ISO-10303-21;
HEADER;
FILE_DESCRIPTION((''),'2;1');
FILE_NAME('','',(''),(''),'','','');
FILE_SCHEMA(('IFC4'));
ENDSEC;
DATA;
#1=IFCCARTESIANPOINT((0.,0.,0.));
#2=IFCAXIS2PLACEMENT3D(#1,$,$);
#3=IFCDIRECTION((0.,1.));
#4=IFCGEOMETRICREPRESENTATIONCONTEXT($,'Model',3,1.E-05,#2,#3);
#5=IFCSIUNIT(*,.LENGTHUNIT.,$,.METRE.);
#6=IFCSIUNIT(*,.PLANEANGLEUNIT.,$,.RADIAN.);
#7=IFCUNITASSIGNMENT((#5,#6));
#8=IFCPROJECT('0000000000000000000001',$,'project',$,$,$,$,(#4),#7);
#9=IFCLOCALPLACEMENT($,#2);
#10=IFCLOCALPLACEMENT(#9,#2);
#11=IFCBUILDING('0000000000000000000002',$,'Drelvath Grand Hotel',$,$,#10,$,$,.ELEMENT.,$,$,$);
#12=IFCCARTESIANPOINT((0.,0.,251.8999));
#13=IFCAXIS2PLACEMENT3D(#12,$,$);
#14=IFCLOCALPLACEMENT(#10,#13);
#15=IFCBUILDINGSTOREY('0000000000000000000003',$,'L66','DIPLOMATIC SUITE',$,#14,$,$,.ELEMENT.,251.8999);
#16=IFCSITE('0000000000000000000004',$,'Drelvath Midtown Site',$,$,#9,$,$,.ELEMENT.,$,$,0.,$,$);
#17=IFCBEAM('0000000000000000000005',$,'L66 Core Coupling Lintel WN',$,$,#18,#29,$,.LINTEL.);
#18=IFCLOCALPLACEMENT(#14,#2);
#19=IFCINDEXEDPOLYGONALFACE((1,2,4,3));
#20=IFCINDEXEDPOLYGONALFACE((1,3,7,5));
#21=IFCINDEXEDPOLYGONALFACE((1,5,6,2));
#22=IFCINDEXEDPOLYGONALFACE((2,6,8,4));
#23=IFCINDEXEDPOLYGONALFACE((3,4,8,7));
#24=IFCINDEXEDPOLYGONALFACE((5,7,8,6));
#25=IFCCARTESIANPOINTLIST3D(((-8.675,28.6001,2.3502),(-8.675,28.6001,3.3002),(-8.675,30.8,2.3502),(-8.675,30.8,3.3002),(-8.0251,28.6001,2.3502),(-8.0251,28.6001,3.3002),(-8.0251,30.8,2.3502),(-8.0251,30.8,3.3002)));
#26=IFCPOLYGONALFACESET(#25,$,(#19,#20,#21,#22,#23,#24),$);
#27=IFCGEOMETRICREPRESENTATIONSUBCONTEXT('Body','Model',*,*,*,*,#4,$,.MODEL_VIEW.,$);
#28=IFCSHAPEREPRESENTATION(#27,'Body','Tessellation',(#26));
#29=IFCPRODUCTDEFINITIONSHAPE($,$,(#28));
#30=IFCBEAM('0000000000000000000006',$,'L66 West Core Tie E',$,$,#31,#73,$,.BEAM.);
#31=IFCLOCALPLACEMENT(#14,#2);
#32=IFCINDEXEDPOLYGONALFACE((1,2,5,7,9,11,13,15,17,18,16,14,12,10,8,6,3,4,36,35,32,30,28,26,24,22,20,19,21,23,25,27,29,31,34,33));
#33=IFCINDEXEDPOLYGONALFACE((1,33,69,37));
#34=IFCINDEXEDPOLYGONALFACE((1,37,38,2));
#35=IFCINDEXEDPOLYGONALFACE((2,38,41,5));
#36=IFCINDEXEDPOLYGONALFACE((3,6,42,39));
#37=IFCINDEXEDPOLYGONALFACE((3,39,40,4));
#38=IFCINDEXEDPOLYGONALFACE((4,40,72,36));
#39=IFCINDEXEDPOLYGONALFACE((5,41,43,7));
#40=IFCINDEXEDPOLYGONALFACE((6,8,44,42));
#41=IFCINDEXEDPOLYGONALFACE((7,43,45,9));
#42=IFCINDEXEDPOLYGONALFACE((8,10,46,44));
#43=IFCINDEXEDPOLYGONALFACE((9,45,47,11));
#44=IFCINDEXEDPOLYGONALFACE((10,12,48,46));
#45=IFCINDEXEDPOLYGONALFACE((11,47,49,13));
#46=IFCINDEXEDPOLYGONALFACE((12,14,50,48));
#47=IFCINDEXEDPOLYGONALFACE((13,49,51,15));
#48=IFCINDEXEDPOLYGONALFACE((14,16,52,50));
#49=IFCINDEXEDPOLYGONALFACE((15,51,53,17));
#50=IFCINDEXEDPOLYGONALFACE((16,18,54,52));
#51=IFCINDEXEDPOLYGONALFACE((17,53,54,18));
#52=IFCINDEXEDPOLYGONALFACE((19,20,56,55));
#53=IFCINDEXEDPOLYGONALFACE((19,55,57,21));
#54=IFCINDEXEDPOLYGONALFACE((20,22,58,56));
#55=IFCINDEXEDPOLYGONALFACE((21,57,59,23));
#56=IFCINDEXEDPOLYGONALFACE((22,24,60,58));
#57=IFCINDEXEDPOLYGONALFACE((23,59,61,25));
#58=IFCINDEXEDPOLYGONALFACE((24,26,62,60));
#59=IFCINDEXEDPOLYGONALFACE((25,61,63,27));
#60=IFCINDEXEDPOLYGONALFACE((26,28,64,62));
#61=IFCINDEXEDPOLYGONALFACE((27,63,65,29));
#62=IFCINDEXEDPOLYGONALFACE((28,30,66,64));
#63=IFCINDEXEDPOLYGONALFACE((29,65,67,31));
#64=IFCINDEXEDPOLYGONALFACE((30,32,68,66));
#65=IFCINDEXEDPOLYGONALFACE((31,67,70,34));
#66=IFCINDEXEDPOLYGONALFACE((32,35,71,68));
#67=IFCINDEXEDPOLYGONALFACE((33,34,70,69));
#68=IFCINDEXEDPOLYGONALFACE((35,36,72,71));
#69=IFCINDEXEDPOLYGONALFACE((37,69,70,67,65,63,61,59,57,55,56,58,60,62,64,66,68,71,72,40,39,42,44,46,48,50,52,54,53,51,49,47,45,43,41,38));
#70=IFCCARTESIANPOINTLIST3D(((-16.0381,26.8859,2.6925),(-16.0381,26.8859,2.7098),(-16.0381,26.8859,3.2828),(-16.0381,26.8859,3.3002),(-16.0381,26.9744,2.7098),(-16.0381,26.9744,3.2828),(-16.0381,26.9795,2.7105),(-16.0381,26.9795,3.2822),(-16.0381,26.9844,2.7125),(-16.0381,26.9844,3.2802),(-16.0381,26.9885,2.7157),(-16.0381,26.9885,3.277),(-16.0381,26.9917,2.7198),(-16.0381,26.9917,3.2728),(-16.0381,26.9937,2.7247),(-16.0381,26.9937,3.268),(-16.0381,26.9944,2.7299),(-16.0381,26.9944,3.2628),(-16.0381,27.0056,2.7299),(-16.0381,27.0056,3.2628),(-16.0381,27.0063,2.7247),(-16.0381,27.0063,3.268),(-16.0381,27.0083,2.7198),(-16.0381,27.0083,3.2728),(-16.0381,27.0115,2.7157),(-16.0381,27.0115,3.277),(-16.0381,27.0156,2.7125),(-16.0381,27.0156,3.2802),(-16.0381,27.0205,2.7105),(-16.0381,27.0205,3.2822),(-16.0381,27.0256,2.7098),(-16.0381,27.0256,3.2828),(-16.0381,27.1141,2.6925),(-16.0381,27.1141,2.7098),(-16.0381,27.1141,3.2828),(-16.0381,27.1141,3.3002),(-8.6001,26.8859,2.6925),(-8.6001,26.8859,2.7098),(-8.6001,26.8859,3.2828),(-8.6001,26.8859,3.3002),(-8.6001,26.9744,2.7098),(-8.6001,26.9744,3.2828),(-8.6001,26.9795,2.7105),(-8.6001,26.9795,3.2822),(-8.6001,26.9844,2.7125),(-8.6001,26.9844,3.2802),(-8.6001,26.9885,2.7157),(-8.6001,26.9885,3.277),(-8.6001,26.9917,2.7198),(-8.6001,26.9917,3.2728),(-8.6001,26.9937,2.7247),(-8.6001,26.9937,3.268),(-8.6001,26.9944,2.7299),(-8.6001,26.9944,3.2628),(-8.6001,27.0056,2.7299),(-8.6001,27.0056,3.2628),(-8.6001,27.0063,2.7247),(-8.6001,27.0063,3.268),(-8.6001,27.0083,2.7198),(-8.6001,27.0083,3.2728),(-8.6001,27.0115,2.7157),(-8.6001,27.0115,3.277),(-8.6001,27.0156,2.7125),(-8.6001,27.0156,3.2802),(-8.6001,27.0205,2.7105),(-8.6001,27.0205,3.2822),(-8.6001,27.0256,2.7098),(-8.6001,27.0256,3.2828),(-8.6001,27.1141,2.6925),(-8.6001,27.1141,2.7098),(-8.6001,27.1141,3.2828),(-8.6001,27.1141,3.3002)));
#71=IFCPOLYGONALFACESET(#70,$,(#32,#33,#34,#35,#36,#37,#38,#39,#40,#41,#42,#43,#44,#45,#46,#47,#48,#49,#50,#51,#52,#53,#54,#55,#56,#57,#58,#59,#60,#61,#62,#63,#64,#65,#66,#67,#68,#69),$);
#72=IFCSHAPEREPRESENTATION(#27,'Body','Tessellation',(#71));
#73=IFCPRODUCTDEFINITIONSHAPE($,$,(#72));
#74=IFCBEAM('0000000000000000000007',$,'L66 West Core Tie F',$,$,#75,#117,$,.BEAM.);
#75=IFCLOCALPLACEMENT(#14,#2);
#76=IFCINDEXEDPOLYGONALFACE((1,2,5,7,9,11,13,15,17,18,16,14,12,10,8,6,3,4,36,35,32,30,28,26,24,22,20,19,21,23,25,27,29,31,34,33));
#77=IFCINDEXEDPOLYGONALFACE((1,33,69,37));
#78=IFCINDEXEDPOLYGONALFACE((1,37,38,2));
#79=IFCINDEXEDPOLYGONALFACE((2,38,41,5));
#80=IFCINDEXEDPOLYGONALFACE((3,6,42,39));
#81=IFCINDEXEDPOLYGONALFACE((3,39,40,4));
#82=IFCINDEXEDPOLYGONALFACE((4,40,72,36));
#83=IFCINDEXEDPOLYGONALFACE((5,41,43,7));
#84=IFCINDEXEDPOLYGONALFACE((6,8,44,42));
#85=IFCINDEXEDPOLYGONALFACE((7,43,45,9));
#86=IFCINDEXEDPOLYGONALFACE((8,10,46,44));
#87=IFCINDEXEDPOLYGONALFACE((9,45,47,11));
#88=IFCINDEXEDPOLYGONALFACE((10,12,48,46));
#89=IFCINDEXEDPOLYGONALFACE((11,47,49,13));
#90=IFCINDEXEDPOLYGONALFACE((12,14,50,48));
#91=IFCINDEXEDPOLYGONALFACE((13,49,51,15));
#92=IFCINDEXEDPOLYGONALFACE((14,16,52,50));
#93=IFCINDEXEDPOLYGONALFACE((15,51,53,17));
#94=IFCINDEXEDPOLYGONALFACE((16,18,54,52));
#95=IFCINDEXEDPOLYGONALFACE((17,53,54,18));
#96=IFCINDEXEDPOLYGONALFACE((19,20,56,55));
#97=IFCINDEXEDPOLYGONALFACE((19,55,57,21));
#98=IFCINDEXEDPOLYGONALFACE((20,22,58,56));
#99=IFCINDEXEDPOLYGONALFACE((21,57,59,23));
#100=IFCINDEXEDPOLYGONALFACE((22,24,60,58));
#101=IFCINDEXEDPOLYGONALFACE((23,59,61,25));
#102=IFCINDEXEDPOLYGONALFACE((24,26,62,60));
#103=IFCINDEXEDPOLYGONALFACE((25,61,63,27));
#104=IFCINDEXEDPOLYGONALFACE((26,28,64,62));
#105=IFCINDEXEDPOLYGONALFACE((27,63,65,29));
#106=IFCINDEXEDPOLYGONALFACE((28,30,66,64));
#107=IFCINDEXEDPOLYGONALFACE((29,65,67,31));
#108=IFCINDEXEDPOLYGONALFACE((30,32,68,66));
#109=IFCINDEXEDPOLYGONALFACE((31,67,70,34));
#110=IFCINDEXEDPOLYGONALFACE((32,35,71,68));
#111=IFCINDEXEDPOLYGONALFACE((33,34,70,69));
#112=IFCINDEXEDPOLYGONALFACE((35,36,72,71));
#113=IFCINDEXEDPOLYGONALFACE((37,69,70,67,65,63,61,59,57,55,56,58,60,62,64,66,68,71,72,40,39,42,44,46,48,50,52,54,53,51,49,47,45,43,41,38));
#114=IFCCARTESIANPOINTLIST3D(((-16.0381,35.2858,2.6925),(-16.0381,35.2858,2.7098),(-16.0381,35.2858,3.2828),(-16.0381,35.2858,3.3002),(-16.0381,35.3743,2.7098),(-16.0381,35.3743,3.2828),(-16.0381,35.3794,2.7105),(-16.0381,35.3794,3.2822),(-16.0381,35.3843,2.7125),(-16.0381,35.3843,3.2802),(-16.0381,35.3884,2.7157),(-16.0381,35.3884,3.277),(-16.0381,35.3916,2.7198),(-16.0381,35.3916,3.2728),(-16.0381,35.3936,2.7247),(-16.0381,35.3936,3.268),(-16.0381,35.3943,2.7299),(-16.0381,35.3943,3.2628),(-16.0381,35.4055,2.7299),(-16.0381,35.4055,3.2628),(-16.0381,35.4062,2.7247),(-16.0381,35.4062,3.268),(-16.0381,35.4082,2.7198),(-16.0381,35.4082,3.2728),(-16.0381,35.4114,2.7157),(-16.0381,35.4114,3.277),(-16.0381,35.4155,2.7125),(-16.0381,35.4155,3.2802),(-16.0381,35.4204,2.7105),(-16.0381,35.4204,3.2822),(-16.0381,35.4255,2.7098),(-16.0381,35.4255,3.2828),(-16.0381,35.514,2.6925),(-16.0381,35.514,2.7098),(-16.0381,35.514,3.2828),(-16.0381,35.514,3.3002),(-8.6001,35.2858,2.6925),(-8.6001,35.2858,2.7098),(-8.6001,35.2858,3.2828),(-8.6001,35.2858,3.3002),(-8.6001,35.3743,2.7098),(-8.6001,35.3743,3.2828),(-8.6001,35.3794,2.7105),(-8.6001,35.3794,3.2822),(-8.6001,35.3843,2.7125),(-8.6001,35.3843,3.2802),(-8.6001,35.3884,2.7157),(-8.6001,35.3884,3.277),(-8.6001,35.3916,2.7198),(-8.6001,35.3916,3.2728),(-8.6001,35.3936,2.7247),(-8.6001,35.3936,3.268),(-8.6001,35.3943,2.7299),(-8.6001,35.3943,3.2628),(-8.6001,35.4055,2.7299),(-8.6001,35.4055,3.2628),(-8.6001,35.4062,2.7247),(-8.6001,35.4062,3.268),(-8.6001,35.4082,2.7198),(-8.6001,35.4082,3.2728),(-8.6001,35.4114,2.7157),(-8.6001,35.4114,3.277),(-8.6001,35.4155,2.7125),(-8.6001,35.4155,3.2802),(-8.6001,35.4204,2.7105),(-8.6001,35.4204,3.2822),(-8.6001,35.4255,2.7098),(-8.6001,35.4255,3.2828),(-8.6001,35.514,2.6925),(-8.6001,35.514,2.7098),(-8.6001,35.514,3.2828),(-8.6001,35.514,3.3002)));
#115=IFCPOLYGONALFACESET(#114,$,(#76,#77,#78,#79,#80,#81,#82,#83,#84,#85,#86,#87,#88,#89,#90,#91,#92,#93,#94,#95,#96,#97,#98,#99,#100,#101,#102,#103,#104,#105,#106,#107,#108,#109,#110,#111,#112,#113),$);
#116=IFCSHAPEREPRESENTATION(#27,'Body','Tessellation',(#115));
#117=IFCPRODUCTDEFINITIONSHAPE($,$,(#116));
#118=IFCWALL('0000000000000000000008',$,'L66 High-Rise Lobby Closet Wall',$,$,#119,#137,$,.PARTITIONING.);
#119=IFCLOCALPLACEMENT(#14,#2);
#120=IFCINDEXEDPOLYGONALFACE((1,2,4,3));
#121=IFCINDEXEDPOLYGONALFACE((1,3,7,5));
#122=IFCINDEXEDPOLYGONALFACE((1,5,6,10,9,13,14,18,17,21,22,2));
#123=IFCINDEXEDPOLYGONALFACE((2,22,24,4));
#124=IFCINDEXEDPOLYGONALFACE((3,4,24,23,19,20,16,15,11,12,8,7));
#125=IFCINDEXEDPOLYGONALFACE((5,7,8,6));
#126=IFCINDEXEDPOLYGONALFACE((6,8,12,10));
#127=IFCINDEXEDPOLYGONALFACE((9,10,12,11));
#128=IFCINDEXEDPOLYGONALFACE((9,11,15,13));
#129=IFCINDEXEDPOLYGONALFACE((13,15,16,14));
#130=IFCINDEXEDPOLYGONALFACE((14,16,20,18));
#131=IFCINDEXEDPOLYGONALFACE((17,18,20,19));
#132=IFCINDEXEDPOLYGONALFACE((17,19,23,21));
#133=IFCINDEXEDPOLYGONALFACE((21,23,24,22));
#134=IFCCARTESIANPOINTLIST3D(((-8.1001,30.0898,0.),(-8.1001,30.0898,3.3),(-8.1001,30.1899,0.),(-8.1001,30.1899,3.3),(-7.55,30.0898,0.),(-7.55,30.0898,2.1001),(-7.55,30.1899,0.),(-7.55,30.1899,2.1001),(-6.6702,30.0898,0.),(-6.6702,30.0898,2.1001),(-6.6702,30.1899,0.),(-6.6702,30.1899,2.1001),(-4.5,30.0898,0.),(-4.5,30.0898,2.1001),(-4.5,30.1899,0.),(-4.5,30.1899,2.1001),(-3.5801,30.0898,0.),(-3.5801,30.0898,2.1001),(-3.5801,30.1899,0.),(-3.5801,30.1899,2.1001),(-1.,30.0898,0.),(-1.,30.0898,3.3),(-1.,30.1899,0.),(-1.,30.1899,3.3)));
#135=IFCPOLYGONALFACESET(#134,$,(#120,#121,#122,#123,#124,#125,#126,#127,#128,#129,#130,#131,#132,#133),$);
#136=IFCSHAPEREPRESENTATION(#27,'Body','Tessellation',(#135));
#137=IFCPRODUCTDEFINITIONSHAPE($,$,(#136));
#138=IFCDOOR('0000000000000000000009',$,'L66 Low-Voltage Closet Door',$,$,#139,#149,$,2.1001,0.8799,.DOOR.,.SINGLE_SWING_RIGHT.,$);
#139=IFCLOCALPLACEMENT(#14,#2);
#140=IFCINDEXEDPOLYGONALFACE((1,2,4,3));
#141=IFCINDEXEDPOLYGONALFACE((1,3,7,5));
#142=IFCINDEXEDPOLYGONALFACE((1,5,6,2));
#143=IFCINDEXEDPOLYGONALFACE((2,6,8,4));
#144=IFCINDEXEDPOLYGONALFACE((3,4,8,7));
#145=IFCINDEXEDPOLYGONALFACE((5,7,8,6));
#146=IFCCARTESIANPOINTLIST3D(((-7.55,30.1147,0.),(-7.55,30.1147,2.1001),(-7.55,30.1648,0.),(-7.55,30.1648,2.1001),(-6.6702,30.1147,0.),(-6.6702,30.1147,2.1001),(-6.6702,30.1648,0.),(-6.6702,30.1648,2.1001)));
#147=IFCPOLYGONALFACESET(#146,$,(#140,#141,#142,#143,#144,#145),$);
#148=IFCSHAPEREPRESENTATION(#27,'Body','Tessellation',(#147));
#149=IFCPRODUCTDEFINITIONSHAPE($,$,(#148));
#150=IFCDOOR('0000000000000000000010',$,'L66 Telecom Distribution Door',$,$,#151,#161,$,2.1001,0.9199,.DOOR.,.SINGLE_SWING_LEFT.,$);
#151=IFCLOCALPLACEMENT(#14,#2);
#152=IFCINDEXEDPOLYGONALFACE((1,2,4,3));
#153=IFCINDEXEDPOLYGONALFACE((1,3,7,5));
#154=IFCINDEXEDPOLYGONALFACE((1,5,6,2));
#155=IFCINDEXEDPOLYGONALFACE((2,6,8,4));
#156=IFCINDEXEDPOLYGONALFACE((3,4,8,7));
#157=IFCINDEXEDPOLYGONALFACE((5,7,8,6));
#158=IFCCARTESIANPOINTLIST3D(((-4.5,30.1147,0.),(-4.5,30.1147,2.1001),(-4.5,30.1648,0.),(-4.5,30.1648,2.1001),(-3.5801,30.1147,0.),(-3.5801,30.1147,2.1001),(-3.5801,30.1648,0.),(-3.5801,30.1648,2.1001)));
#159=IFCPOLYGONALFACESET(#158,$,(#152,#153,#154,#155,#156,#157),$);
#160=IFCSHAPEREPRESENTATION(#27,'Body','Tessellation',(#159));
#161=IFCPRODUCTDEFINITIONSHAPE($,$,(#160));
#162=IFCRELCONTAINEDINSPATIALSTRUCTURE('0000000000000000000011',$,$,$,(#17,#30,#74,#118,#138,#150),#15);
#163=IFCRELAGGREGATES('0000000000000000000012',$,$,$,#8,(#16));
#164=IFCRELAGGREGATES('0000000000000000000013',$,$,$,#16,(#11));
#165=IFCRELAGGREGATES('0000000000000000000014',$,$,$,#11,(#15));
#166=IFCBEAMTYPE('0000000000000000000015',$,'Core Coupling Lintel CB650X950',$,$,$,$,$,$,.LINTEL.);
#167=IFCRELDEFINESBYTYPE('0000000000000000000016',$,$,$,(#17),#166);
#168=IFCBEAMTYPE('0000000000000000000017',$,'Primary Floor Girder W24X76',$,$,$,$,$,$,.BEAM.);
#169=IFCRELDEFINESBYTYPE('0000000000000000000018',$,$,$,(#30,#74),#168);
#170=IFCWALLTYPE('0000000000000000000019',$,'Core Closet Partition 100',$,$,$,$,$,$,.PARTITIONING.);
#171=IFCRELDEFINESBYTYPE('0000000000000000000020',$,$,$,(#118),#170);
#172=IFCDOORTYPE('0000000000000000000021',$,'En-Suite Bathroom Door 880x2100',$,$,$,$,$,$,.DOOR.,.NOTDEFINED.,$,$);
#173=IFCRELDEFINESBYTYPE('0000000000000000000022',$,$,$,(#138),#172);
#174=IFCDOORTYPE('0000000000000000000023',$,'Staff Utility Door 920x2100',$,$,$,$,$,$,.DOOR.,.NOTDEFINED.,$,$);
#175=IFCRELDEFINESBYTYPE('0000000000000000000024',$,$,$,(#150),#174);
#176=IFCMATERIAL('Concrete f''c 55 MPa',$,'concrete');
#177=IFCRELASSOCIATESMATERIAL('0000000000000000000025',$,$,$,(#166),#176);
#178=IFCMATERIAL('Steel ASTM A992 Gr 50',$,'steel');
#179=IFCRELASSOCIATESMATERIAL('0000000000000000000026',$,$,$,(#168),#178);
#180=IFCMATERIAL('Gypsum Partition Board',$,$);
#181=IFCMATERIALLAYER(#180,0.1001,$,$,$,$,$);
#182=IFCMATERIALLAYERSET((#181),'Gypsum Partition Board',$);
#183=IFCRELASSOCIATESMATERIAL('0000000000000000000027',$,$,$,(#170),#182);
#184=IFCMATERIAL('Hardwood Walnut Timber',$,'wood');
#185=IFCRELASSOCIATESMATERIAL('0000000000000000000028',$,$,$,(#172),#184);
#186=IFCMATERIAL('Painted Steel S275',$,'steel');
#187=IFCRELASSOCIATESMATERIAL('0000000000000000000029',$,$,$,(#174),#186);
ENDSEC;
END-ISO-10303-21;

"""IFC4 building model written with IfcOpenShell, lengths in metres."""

from ifc_helpers import new_model, si_unit, direction, frame, frame_2d, origin, origin_2d, place, context, subcontext, project, spatial, rectangle, i_section, extrude, material, layer, layer_set, material_profile, profile_set, type_object, element, fill, save


model = new_model("IFC4")

# Units and contexts
model_context = context("Model", 3, precision=1e-05, world=origin(), true_north=direction((0.0, 1.0)))
body_context = subcontext(model_context, "Body", "Model", "MODEL_VIEW")
ifc_project = project(units=[si_unit("LENGTHUNIT", "METRE"), si_unit("PLANEANGLEUNIT", "RADIAN")], contexts=[model_context])

# Site, building, storey
site_placement = place(None, origin())
site = spatial("IfcSite", under=ifc_project, at=site_placement, Name="Drelvath Midtown Site", CompositionType="ELEMENT", RefElevation=0.0)
building_placement = place(site_placement, origin())
building = spatial("IfcBuilding", under=site, at=building_placement, Name="Drelvath Grand Hotel", CompositionType="ELEMENT")
storey_placement = place(building_placement, frame((0.0, 0.0, 251.8999)))
storey = spatial("IfcBuildingStorey", under=building, at=storey_placement, Name="L66", Description="DIPLOMATIC SUITE", CompositionType="ELEMENT", Elevation=251.8999)

# Beams
ifc_material_1 = material(Name="Concrete f'c 55 MPa", Category="concrete")
ifc_material_profile_1 = material_profile(ifc_material_1, rectangle(XDim=0.6499, YDim=0.95, at=origin_2d()), Name="CB650X950")
ifc_profile_set_1 = profile_set([ifc_material_profile_1], Name="Concrete f'c 55 MPa")
beam_type_1 = type_object("IfcBeamType", Name="Core Coupling Lintel CB650X950", PredefinedType="LINTEL", material=ifc_profile_set_1)
beam_placement = place(storey_placement, frame((-8.3501, 28.6001, 2.8252), z_axis=(0.0, 1.0, 0.0), x_axis=(-1.0, 0.0, 0.0)))
element("IfcBeam", 1, at=beam_placement, inside=storey, type_object=beam_type_1, Name="L66 Core Coupling Lintel WN", PredefinedType="LINTEL", context=body_context, shape_type="SweptSolid", body=[
    extrude(rectangle(XDim=0.6499, YDim=0.95, at=origin_2d()), origin(), (0.0, 0.0, 1.0), 2.2),
])
ifc_material_2 = material(Name="Steel ASTM A992 Gr 50", Category="steel")
ifc_material_profile_2 = material_profile(ifc_material_2, i_section(OverallWidth=0.2283, OverallDepth=0.6077, WebThickness=0.0112, FlangeThickness=0.0173, FilletRadius=0.02, at=origin_2d()), Name="W24X76")
ifc_profile_set_2 = profile_set([ifc_material_profile_2], Name="Steel ASTM A992 Gr 50")
beam_type_2 = type_object("IfcBeamType", Name="Primary Floor Girder W24X76", PredefinedType="BEAM", material=ifc_profile_set_2)
for number, where, z_axis, x_axis, name in (
    (2, (-16.0381, 27.0, 2.9963), (1.0, 0.0, 0.0), (0.0, 1.0, 0.0), "L66 West Core Tie E"),
    (3, (-16.0381, 35.3999, 2.9963), (1.0, 0.0, 0.0), (0.0, 1.0, 0.0), "L66 West Core Tie F"),
):
    element("IfcBeam", number, at=place(storey_placement, frame(where, z_axis=z_axis, x_axis=x_axis)), inside=storey, type_object=beam_type_2, Name=name, PredefinedType="BEAM", context=body_context, shape_type="SweptSolid", body=[
        extrude(i_section(OverallWidth=0.2283, OverallDepth=0.6077, WebThickness=0.0112, FlangeThickness=0.0173, FilletRadius=0.02, at=origin_2d()), origin(), (0.0, 0.0, 1.0), 7.438),
    ])

# Wall, openings, doors
ifc_material_3 = material(Name="Gypsum Partition Board")
ifc_layer_1 = layer(ifc_material_3, 0.1001)
ifc_layer_set_1 = layer_set([ifc_layer_1], Name="Gypsum Partition Board")
wall_type_1 = type_object("IfcWallType", Name="Core Closet Partition 100", PredefinedType="PARTITIONING", material=ifc_layer_set_1)
wall_1_placement = place(storey_placement, frame((-8.1001, 30.1399, 0.0), z_axis=(0.0, 0.0, 1.0), x_axis=(1.0, 0.0, 0.0)))
wall_1 = element("IfcWall", 4, at=wall_1_placement, inside=storey, type_object=wall_type_1, Name="L66 High-Rise Lobby Closet Wall", PredefinedType="PARTITIONING", context=body_context, shape_type="SweptSolid", body=[
    extrude(rectangle(XDim=7.1001, YDim=0.1001, at=frame_2d((3.55, 0.0))), origin(), (0.0, 0.0, 1.0), 3.3),
])
opening_1_placement = place(wall_1_placement, frame((0.55, 0.0, 0.0)))
opening_1 = element("IfcOpeningElement", 5, at=opening_1_placement, cuts=wall_1, PredefinedType="OPENING", context=body_context, shape_type="SweptSolid", body=[
    extrude(rectangle(XDim=0.8799, YDim=2.1001, at=frame_2d((0.4399, 1.05))), frame((0.0, 0.0601, 0.0), z_axis=(0.0, -1.0, 0.0), x_axis=(1.0, 0.0, 0.0)), (0.0, 0.0, 1.0), 0.1201),
])
opening_2_placement = place(wall_1_placement, frame((3.6001, 0.0, 0.0)))
opening_2 = element("IfcOpeningElement", 6, at=opening_2_placement, cuts=wall_1, PredefinedType="OPENING", context=body_context, shape_type="SweptSolid", body=[
    extrude(rectangle(XDim=0.9199, YDim=2.1001, at=frame_2d((0.46, 1.05))), frame((0.0, 0.0601, 0.0), z_axis=(0.0, -1.0, 0.0), x_axis=(1.0, 0.0, 0.0)), (0.0, 0.0, 1.0), 0.1201),
])
ifc_material_4 = material(Name="Hardwood Walnut Timber", Category="wood")
door_type_1 = type_object("IfcDoorType", Name="En-Suite Bathroom Door 880x2100", OperationType="NOTDEFINED", PredefinedType="DOOR", material=ifc_material_4)
door_1_placement = place(opening_1_placement, origin())
door_1 = element("IfcDoor", 7, at=door_1_placement, inside=storey, type_object=door_type_1, Name="L66 Low-Voltage Closet Door", OperationType="SINGLE_SWING_RIGHT", OverallHeight=2.1001, OverallWidth=0.8799, PredefinedType="DOOR", context=body_context, shape_type="SweptSolid", body=[
    extrude(rectangle(XDim=0.8799, YDim=2.1001, at=frame_2d((0.4399, 1.05))), frame((0.0, 0.0249, 0.0), z_axis=(0.0, -1.0, 0.0), x_axis=(1.0, 0.0, 0.0)), (0.0, 0.0, 1.0), 0.05),
])
fill(opening_1, door_1)
ifc_material_5 = material(Name="Painted Steel S275", Category="steel")
door_type_2 = type_object("IfcDoorType", Name="Staff Utility Door 920x2100", OperationType="NOTDEFINED", PredefinedType="DOOR", material=ifc_material_5)
door_2_placement = place(opening_2_placement, origin())
door_2 = element("IfcDoor", 8, at=door_2_placement, inside=storey, type_object=door_type_2, Name="L66 Telecom Distribution Door", OperationType="SINGLE_SWING_LEFT", OverallHeight=2.1001, OverallWidth=0.9199, PredefinedType="DOOR", context=body_context, shape_type="SweptSolid", body=[
    extrude(rectangle(XDim=0.9199, YDim=2.1001, at=frame_2d((0.46, 1.05))), frame((0.0, 0.0249, 0.0), z_axis=(0.0, -1.0, 0.0), x_axis=(1.0, 0.0, 0.0)), (0.0, 0.0, 1.0), 0.05),
])
fill(opening_2, door_2)

save(model, "model.ifc")
